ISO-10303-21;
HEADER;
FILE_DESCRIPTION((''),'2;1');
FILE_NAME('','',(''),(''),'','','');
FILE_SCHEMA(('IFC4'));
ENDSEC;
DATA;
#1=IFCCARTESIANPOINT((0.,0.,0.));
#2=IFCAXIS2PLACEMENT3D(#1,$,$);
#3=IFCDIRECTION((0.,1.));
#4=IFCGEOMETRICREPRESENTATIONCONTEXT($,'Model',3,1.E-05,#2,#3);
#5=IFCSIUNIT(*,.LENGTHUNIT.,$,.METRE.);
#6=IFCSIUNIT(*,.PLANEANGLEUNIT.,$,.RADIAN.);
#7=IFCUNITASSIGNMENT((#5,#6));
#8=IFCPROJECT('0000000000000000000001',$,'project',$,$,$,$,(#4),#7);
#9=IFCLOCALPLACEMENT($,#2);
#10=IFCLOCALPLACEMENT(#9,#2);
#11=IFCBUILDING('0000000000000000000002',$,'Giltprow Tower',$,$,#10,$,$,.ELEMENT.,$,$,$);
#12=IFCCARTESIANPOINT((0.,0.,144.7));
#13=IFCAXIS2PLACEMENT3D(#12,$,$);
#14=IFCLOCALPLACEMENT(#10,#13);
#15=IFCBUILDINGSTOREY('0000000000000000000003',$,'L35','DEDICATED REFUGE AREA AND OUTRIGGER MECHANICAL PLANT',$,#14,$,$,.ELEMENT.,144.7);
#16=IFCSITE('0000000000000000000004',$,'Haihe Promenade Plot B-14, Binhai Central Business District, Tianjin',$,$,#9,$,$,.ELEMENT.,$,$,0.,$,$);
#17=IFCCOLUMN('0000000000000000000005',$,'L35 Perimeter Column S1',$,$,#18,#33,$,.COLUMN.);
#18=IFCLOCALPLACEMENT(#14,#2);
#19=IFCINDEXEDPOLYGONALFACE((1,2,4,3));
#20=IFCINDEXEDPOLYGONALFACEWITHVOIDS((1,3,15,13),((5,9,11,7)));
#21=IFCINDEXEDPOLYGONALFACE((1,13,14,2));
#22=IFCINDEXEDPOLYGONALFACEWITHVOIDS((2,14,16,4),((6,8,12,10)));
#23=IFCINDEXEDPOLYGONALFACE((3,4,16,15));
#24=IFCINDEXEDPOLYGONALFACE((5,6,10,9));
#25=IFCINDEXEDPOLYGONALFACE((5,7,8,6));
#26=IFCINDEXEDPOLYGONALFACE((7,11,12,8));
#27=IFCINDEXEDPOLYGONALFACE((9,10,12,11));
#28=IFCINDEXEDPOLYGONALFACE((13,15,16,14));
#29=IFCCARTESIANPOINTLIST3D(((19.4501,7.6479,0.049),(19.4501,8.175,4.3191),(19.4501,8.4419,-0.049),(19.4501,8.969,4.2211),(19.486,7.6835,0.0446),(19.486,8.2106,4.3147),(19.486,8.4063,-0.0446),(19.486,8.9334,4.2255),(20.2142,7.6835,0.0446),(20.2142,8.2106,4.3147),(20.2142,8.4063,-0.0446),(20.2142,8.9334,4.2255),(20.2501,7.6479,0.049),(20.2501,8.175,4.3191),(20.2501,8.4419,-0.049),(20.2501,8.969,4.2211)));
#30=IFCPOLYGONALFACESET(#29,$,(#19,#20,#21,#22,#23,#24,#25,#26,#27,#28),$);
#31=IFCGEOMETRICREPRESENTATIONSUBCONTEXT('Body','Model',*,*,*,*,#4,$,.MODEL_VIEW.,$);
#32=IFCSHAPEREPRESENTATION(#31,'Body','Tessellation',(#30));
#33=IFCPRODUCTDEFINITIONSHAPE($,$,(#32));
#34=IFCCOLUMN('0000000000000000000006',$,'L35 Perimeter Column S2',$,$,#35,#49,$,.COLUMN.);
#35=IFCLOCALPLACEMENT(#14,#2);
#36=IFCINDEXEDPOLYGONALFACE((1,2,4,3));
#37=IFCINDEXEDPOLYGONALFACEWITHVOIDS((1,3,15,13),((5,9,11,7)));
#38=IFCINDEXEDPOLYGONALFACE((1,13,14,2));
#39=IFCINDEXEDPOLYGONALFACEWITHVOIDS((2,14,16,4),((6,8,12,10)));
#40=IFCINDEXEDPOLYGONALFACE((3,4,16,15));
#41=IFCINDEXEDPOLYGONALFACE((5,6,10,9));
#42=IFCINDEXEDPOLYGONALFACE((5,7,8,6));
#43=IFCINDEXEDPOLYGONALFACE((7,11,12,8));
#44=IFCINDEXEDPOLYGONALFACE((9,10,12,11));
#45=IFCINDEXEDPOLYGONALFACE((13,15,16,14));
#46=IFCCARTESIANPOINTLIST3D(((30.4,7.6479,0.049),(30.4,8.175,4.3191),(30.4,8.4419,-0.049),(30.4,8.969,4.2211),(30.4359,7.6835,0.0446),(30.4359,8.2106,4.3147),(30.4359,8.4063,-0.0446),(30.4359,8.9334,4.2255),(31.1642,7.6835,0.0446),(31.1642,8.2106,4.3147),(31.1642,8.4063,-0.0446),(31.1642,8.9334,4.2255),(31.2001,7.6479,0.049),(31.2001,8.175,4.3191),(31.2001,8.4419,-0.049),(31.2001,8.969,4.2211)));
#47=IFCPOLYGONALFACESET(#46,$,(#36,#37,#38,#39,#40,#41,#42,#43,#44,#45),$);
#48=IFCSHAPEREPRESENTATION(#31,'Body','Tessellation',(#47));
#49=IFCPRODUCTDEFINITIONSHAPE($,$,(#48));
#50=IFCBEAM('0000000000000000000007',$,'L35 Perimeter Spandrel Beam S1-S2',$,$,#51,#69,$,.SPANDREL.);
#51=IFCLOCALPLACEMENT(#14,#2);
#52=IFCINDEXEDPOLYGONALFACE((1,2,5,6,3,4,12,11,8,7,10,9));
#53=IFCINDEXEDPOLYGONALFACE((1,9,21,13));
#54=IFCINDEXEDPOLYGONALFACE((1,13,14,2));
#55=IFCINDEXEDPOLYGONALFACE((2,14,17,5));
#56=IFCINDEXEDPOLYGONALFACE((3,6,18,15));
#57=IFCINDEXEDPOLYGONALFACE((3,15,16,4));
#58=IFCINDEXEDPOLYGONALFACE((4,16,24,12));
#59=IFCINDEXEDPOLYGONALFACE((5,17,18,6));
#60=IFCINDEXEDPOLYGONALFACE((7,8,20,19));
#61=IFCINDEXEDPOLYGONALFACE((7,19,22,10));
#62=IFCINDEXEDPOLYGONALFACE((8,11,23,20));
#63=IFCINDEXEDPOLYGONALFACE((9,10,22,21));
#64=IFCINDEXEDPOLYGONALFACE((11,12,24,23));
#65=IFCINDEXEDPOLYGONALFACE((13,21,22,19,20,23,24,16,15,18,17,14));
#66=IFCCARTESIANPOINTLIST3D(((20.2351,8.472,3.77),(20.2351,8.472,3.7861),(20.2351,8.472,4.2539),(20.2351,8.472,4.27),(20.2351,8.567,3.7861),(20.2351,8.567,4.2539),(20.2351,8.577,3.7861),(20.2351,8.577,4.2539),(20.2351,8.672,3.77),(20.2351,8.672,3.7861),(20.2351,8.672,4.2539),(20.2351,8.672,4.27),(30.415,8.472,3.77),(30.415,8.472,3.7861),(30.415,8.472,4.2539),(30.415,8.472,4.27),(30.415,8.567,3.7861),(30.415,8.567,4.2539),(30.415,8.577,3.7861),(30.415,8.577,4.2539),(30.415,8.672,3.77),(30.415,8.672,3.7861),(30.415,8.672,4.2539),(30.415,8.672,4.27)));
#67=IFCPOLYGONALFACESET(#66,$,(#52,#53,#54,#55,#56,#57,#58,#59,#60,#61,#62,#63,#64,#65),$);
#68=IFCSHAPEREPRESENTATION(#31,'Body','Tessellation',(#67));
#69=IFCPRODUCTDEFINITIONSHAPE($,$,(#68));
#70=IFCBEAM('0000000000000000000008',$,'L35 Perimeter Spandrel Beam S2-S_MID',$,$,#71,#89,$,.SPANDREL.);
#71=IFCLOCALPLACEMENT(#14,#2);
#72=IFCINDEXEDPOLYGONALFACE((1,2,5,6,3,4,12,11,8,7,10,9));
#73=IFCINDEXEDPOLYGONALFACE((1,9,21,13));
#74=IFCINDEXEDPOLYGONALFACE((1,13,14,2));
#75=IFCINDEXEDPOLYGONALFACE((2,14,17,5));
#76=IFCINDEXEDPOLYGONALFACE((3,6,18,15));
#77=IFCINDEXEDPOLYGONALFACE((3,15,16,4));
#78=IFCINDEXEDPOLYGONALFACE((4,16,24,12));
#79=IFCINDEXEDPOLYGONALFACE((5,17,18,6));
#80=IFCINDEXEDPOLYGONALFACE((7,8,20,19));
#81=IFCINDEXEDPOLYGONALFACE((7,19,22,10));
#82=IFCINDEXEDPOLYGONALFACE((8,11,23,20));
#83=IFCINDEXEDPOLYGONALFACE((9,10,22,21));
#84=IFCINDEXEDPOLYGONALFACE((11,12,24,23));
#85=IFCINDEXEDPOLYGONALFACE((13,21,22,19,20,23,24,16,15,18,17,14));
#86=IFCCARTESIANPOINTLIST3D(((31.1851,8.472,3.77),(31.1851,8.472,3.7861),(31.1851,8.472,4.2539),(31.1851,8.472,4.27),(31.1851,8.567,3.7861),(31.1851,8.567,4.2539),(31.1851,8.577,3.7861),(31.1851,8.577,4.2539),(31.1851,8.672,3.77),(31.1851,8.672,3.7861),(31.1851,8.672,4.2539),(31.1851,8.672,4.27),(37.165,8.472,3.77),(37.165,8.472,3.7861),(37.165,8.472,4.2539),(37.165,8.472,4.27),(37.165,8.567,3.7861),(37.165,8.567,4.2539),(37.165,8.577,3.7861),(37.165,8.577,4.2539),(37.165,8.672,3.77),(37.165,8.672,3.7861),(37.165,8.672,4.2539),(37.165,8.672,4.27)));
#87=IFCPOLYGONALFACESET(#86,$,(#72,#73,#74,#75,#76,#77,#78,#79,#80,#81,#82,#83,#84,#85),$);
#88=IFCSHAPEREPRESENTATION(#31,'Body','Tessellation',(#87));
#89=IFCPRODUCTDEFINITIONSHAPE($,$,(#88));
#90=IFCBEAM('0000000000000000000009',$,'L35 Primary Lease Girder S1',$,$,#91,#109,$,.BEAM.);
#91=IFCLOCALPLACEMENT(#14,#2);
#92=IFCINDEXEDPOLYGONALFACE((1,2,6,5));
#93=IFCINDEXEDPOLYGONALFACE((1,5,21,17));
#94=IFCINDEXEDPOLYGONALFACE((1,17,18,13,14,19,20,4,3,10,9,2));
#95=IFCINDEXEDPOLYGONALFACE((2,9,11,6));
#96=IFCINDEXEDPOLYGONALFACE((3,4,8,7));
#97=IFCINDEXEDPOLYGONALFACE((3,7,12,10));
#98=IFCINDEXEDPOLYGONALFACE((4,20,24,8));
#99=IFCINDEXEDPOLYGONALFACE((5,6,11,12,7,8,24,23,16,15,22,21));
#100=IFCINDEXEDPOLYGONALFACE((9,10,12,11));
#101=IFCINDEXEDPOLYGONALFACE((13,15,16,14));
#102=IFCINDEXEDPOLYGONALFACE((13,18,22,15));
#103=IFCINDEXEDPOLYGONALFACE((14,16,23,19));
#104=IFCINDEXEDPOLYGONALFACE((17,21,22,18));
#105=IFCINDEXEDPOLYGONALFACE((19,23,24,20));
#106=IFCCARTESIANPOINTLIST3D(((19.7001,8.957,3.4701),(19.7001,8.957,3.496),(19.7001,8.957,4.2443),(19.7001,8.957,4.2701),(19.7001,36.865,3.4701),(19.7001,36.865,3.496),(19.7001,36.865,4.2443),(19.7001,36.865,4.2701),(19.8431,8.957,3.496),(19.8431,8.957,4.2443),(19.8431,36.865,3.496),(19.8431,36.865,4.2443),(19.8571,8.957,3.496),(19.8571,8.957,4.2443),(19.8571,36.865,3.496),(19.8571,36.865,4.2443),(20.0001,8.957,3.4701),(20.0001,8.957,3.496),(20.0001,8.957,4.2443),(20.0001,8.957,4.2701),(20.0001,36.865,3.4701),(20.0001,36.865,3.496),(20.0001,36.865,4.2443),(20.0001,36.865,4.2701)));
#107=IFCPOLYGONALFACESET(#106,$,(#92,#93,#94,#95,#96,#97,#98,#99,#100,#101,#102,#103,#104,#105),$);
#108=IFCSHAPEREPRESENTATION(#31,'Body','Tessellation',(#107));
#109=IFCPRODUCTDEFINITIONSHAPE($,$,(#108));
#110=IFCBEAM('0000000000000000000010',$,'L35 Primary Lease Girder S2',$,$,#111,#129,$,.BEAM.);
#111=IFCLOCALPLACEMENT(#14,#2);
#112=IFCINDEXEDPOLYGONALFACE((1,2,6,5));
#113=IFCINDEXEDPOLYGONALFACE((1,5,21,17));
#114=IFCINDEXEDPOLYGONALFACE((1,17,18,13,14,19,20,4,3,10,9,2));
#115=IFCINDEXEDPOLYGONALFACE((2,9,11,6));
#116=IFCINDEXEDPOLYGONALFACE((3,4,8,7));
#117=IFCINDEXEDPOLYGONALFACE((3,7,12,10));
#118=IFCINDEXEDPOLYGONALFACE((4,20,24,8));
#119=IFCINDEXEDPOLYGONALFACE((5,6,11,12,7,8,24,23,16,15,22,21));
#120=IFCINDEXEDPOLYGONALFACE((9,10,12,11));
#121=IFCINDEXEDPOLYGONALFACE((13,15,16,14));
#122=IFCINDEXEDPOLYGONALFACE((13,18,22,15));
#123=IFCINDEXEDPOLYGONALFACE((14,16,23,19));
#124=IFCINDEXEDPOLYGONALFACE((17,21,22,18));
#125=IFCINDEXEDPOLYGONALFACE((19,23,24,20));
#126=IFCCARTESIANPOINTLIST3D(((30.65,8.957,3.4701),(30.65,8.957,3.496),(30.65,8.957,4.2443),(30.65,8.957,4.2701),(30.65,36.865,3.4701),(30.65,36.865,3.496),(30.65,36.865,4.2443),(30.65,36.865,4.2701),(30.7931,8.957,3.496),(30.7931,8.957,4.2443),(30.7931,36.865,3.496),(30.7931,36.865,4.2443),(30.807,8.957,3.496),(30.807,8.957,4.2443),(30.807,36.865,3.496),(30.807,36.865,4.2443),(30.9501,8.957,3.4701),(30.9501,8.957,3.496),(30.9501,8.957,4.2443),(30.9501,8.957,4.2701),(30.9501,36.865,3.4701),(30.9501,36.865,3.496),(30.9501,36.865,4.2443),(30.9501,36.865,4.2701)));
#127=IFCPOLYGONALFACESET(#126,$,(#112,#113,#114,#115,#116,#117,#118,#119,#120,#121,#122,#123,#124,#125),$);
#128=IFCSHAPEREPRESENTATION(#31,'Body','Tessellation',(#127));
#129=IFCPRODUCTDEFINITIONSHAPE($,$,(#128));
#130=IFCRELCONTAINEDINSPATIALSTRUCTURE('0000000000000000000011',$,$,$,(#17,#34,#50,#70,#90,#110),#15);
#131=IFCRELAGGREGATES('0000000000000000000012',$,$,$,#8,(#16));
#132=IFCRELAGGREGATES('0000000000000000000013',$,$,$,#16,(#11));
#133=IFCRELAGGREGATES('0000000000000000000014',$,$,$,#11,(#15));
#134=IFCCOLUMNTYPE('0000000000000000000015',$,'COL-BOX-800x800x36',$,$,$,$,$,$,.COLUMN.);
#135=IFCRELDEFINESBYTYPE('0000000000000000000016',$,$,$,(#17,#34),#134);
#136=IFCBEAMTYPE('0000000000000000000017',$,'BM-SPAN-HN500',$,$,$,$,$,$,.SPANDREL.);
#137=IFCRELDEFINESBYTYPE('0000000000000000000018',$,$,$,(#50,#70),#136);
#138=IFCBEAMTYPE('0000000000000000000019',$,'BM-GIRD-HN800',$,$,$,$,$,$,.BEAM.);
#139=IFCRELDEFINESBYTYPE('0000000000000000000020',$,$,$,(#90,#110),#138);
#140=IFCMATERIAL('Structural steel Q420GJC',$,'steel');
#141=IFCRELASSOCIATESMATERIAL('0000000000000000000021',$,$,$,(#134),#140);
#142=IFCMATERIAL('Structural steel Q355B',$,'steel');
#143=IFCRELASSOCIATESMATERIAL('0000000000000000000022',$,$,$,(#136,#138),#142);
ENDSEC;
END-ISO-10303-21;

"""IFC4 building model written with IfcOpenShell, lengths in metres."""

from ifc_helpers import new_model, si_unit, direction, frame, origin, origin_2d, place, context, subcontext, project, spatial, hollow_rectangle, i_section, extrude, source, transform, mapped, material, material_profile, profile_set, type_object, element, save


model = new_model("IFC4")

# Units and contexts
model_context = context("Model", 3, precision=1e-05, world=origin(), true_north=direction((0.0, 1.0)))
body_context = subcontext(model_context, "Body", "Model", "MODEL_VIEW")
ifc_project = project(units=[si_unit("LENGTHUNIT", "METRE"), si_unit("PLANEANGLEUNIT", "RADIAN")], contexts=[model_context])

# Site, building, storey
site_placement = place(None, origin())
site = spatial("IfcSite", under=ifc_project, at=site_placement, Name="Haihe Promenade Plot B-14, Binhai Central Business District, Tianjin", CompositionType="ELEMENT", RefElevation=0.0)
building_placement = place(site_placement, origin())
building = spatial("IfcBuilding", under=site, at=building_placement, Name="Giltprow Tower", CompositionType="ELEMENT")
storey_placement = place(building_placement, frame((0.0, 0.0, 144.7)))
storey = spatial("IfcBuildingStorey", under=building, at=storey_placement, Name="L35", Description="DEDICATED REFUGE AREA AND OUTRIGGER MECHANICAL PLANT", CompositionType="ELEMENT", Elevation=144.7)

# Columns
ifc_material_1 = material(Name="Structural steel Q420GJC", Category="steel")
ifc_material_profile_1 = material_profile(ifc_material_1, hollow_rectangle(XDim=0.8, YDim=0.8, WallThickness=0.0359, at=origin_2d()), Name="BOX 800x800x36")
ifc_profile_set_1 = profile_set([ifc_material_profile_1], Name="Structural steel Q420GJC")
column_type = type_object("IfcColumnType", Name="COL-BOX-800x800x36", PredefinedType="COLUMN", material=ifc_profile_set_1)
shared_shape_1 = source(origin(), body_context, "Body", "SweptSolid", [
    extrude(hollow_rectangle(XDim=0.8, YDim=0.8, WallThickness=0.0359, at=origin_2d()), origin(), (0.0, 0.0, 1.0), 4.3025),
])
for number, where, z_axis, x_axis, name in (
    (1, (19.8501, 8.0449, 0.0), (0.0, 0.122512, 0.992467), (-1.0, 0.0, 0.0), "L35 Perimeter Column S1"),
    (2, (30.8, 8.0449, 0.0), (0.0, 0.122512, 0.992467), (-1.0, 0.0, 0.0), "L35 Perimeter Column S2"),
):
    element("IfcColumn", number, at=place(storey_placement, frame(where, z_axis=z_axis, x_axis=x_axis)), inside=storey, type_object=column_type, Name=name, PredefinedType="COLUMN", context=body_context, shape_type="MappedRepresentation", body=[
        mapped(shared_shape_1, transform((0.0, 0.0, 0.0), x_axis=(1.0, 0.0, 0.0), y_axis=(0.0, 1.0, 0.0), z_axis=(0.0, 0.0, 1.0), scale=1.0)),
    ])

# Beams
ifc_material_2 = material(Name="Structural steel Q355B", Category="steel")
ifc_material_profile_2 = material_profile(ifc_material_2, i_section(OverallWidth=0.2, OverallDepth=0.5, WebThickness=0.01, FlangeThickness=0.0161, at=origin_2d()), Name="HN 500x200x10x16")
ifc_profile_set_2 = profile_set([ifc_material_profile_2], Name="Structural steel Q355B")
beam_type_1 = type_object("IfcBeamType", Name="BM-SPAN-HN500", PredefinedType="SPANDREL", material=ifc_profile_set_2)
shared_shape_2 = source(origin(), body_context, "Body", "SweptSolid", [
    extrude(i_section(OverallWidth=0.2, OverallDepth=0.5, WebThickness=0.01, FlangeThickness=0.0161, at=origin_2d()), origin(), (0.0, 0.0, 1.0), 10.1799),
])
beam_1_placement = place(storey_placement, frame((20.2351, 8.572, 4.02), z_axis=(1.0, 0.0, 0.0), x_axis=(0.0, 1.0, 0.0)))
element("IfcBeam", 3, at=beam_1_placement, inside=storey, type_object=beam_type_1, Name="L35 Perimeter Spandrel Beam S1-S2", PredefinedType="SPANDREL", context=body_context, shape_type="MappedRepresentation", body=[
    mapped(shared_shape_2, transform((0.0, 0.0, 0.0), x_axis=(1.0, 0.0, 0.0), y_axis=(0.0, 1.0, 0.0), z_axis=(0.0, 0.0, 1.0), scale=1.0)),
])
shared_shape_3 = source(origin(), body_context, "Body", "SweptSolid", [
    extrude(i_section(OverallWidth=0.2, OverallDepth=0.5, WebThickness=0.01, FlangeThickness=0.0161, at=origin_2d()), origin(), (0.0, 0.0, 1.0), 5.98),
])
beam_2_placement = place(storey_placement, frame((31.1851, 8.572, 4.02), z_axis=(1.0, 0.0, 0.0), x_axis=(0.0, 1.0, 0.0)))
element("IfcBeam", 4, at=beam_2_placement, inside=storey, type_object=beam_type_1, Name="L35 Perimeter Spandrel Beam S2-S_MID", PredefinedType="SPANDREL", context=body_context, shape_type="MappedRepresentation", body=[
    mapped(shared_shape_3, transform((0.0, 0.0, 0.0), x_axis=(1.0, 0.0, 0.0), y_axis=(0.0, 1.0, 0.0), z_axis=(0.0, 0.0, 1.0), scale=1.0)),
])
ifc_material_profile_3 = material_profile(ifc_material_2, i_section(OverallWidth=0.3, OverallDepth=0.8, WebThickness=0.0139, FlangeThickness=0.0259, at=origin_2d()), Name="HN 800x300x14x26")
ifc_profile_set_3 = profile_set([ifc_material_profile_3], Name="Structural steel Q355B")
beam_type_2 = type_object("IfcBeamType", Name="BM-GIRD-HN800", PredefinedType="BEAM", material=ifc_profile_set_3)
shared_shape_4 = source(origin(), body_context, "Body", "SweptSolid", [
    extrude(i_section(OverallWidth=0.3, OverallDepth=0.8, WebThickness=0.0139, FlangeThickness=0.0259, at=origin_2d()), origin(), (0.0, 0.0, 1.0), 27.908),
])
for number, where, z_axis, x_axis, name in (
    (5, (19.8501, 8.957, 3.8701), (0.0, 1.0, 0.0), (-1.0, 0.0, 0.0), "L35 Primary Lease Girder S1"),
    (6, (30.8, 8.957, 3.8701), (0.0, 1.0, 0.0), (-1.0, 0.0, 0.0), "L35 Primary Lease Girder S2"),
):
    element("IfcBeam", number, at=place(storey_placement, frame(where, z_axis=z_axis, x_axis=x_axis)), inside=storey, type_object=beam_type_2, Name=name, PredefinedType="BEAM", context=body_context, shape_type="MappedRepresentation", body=[
        mapped(shared_shape_4, transform((0.0, 0.0, 0.0), x_axis=(1.0, 0.0, 0.0), y_axis=(0.0, 1.0, 0.0), z_axis=(0.0, 0.0, 1.0), scale=1.0)),
    ])

save(model, "model.ifc")
